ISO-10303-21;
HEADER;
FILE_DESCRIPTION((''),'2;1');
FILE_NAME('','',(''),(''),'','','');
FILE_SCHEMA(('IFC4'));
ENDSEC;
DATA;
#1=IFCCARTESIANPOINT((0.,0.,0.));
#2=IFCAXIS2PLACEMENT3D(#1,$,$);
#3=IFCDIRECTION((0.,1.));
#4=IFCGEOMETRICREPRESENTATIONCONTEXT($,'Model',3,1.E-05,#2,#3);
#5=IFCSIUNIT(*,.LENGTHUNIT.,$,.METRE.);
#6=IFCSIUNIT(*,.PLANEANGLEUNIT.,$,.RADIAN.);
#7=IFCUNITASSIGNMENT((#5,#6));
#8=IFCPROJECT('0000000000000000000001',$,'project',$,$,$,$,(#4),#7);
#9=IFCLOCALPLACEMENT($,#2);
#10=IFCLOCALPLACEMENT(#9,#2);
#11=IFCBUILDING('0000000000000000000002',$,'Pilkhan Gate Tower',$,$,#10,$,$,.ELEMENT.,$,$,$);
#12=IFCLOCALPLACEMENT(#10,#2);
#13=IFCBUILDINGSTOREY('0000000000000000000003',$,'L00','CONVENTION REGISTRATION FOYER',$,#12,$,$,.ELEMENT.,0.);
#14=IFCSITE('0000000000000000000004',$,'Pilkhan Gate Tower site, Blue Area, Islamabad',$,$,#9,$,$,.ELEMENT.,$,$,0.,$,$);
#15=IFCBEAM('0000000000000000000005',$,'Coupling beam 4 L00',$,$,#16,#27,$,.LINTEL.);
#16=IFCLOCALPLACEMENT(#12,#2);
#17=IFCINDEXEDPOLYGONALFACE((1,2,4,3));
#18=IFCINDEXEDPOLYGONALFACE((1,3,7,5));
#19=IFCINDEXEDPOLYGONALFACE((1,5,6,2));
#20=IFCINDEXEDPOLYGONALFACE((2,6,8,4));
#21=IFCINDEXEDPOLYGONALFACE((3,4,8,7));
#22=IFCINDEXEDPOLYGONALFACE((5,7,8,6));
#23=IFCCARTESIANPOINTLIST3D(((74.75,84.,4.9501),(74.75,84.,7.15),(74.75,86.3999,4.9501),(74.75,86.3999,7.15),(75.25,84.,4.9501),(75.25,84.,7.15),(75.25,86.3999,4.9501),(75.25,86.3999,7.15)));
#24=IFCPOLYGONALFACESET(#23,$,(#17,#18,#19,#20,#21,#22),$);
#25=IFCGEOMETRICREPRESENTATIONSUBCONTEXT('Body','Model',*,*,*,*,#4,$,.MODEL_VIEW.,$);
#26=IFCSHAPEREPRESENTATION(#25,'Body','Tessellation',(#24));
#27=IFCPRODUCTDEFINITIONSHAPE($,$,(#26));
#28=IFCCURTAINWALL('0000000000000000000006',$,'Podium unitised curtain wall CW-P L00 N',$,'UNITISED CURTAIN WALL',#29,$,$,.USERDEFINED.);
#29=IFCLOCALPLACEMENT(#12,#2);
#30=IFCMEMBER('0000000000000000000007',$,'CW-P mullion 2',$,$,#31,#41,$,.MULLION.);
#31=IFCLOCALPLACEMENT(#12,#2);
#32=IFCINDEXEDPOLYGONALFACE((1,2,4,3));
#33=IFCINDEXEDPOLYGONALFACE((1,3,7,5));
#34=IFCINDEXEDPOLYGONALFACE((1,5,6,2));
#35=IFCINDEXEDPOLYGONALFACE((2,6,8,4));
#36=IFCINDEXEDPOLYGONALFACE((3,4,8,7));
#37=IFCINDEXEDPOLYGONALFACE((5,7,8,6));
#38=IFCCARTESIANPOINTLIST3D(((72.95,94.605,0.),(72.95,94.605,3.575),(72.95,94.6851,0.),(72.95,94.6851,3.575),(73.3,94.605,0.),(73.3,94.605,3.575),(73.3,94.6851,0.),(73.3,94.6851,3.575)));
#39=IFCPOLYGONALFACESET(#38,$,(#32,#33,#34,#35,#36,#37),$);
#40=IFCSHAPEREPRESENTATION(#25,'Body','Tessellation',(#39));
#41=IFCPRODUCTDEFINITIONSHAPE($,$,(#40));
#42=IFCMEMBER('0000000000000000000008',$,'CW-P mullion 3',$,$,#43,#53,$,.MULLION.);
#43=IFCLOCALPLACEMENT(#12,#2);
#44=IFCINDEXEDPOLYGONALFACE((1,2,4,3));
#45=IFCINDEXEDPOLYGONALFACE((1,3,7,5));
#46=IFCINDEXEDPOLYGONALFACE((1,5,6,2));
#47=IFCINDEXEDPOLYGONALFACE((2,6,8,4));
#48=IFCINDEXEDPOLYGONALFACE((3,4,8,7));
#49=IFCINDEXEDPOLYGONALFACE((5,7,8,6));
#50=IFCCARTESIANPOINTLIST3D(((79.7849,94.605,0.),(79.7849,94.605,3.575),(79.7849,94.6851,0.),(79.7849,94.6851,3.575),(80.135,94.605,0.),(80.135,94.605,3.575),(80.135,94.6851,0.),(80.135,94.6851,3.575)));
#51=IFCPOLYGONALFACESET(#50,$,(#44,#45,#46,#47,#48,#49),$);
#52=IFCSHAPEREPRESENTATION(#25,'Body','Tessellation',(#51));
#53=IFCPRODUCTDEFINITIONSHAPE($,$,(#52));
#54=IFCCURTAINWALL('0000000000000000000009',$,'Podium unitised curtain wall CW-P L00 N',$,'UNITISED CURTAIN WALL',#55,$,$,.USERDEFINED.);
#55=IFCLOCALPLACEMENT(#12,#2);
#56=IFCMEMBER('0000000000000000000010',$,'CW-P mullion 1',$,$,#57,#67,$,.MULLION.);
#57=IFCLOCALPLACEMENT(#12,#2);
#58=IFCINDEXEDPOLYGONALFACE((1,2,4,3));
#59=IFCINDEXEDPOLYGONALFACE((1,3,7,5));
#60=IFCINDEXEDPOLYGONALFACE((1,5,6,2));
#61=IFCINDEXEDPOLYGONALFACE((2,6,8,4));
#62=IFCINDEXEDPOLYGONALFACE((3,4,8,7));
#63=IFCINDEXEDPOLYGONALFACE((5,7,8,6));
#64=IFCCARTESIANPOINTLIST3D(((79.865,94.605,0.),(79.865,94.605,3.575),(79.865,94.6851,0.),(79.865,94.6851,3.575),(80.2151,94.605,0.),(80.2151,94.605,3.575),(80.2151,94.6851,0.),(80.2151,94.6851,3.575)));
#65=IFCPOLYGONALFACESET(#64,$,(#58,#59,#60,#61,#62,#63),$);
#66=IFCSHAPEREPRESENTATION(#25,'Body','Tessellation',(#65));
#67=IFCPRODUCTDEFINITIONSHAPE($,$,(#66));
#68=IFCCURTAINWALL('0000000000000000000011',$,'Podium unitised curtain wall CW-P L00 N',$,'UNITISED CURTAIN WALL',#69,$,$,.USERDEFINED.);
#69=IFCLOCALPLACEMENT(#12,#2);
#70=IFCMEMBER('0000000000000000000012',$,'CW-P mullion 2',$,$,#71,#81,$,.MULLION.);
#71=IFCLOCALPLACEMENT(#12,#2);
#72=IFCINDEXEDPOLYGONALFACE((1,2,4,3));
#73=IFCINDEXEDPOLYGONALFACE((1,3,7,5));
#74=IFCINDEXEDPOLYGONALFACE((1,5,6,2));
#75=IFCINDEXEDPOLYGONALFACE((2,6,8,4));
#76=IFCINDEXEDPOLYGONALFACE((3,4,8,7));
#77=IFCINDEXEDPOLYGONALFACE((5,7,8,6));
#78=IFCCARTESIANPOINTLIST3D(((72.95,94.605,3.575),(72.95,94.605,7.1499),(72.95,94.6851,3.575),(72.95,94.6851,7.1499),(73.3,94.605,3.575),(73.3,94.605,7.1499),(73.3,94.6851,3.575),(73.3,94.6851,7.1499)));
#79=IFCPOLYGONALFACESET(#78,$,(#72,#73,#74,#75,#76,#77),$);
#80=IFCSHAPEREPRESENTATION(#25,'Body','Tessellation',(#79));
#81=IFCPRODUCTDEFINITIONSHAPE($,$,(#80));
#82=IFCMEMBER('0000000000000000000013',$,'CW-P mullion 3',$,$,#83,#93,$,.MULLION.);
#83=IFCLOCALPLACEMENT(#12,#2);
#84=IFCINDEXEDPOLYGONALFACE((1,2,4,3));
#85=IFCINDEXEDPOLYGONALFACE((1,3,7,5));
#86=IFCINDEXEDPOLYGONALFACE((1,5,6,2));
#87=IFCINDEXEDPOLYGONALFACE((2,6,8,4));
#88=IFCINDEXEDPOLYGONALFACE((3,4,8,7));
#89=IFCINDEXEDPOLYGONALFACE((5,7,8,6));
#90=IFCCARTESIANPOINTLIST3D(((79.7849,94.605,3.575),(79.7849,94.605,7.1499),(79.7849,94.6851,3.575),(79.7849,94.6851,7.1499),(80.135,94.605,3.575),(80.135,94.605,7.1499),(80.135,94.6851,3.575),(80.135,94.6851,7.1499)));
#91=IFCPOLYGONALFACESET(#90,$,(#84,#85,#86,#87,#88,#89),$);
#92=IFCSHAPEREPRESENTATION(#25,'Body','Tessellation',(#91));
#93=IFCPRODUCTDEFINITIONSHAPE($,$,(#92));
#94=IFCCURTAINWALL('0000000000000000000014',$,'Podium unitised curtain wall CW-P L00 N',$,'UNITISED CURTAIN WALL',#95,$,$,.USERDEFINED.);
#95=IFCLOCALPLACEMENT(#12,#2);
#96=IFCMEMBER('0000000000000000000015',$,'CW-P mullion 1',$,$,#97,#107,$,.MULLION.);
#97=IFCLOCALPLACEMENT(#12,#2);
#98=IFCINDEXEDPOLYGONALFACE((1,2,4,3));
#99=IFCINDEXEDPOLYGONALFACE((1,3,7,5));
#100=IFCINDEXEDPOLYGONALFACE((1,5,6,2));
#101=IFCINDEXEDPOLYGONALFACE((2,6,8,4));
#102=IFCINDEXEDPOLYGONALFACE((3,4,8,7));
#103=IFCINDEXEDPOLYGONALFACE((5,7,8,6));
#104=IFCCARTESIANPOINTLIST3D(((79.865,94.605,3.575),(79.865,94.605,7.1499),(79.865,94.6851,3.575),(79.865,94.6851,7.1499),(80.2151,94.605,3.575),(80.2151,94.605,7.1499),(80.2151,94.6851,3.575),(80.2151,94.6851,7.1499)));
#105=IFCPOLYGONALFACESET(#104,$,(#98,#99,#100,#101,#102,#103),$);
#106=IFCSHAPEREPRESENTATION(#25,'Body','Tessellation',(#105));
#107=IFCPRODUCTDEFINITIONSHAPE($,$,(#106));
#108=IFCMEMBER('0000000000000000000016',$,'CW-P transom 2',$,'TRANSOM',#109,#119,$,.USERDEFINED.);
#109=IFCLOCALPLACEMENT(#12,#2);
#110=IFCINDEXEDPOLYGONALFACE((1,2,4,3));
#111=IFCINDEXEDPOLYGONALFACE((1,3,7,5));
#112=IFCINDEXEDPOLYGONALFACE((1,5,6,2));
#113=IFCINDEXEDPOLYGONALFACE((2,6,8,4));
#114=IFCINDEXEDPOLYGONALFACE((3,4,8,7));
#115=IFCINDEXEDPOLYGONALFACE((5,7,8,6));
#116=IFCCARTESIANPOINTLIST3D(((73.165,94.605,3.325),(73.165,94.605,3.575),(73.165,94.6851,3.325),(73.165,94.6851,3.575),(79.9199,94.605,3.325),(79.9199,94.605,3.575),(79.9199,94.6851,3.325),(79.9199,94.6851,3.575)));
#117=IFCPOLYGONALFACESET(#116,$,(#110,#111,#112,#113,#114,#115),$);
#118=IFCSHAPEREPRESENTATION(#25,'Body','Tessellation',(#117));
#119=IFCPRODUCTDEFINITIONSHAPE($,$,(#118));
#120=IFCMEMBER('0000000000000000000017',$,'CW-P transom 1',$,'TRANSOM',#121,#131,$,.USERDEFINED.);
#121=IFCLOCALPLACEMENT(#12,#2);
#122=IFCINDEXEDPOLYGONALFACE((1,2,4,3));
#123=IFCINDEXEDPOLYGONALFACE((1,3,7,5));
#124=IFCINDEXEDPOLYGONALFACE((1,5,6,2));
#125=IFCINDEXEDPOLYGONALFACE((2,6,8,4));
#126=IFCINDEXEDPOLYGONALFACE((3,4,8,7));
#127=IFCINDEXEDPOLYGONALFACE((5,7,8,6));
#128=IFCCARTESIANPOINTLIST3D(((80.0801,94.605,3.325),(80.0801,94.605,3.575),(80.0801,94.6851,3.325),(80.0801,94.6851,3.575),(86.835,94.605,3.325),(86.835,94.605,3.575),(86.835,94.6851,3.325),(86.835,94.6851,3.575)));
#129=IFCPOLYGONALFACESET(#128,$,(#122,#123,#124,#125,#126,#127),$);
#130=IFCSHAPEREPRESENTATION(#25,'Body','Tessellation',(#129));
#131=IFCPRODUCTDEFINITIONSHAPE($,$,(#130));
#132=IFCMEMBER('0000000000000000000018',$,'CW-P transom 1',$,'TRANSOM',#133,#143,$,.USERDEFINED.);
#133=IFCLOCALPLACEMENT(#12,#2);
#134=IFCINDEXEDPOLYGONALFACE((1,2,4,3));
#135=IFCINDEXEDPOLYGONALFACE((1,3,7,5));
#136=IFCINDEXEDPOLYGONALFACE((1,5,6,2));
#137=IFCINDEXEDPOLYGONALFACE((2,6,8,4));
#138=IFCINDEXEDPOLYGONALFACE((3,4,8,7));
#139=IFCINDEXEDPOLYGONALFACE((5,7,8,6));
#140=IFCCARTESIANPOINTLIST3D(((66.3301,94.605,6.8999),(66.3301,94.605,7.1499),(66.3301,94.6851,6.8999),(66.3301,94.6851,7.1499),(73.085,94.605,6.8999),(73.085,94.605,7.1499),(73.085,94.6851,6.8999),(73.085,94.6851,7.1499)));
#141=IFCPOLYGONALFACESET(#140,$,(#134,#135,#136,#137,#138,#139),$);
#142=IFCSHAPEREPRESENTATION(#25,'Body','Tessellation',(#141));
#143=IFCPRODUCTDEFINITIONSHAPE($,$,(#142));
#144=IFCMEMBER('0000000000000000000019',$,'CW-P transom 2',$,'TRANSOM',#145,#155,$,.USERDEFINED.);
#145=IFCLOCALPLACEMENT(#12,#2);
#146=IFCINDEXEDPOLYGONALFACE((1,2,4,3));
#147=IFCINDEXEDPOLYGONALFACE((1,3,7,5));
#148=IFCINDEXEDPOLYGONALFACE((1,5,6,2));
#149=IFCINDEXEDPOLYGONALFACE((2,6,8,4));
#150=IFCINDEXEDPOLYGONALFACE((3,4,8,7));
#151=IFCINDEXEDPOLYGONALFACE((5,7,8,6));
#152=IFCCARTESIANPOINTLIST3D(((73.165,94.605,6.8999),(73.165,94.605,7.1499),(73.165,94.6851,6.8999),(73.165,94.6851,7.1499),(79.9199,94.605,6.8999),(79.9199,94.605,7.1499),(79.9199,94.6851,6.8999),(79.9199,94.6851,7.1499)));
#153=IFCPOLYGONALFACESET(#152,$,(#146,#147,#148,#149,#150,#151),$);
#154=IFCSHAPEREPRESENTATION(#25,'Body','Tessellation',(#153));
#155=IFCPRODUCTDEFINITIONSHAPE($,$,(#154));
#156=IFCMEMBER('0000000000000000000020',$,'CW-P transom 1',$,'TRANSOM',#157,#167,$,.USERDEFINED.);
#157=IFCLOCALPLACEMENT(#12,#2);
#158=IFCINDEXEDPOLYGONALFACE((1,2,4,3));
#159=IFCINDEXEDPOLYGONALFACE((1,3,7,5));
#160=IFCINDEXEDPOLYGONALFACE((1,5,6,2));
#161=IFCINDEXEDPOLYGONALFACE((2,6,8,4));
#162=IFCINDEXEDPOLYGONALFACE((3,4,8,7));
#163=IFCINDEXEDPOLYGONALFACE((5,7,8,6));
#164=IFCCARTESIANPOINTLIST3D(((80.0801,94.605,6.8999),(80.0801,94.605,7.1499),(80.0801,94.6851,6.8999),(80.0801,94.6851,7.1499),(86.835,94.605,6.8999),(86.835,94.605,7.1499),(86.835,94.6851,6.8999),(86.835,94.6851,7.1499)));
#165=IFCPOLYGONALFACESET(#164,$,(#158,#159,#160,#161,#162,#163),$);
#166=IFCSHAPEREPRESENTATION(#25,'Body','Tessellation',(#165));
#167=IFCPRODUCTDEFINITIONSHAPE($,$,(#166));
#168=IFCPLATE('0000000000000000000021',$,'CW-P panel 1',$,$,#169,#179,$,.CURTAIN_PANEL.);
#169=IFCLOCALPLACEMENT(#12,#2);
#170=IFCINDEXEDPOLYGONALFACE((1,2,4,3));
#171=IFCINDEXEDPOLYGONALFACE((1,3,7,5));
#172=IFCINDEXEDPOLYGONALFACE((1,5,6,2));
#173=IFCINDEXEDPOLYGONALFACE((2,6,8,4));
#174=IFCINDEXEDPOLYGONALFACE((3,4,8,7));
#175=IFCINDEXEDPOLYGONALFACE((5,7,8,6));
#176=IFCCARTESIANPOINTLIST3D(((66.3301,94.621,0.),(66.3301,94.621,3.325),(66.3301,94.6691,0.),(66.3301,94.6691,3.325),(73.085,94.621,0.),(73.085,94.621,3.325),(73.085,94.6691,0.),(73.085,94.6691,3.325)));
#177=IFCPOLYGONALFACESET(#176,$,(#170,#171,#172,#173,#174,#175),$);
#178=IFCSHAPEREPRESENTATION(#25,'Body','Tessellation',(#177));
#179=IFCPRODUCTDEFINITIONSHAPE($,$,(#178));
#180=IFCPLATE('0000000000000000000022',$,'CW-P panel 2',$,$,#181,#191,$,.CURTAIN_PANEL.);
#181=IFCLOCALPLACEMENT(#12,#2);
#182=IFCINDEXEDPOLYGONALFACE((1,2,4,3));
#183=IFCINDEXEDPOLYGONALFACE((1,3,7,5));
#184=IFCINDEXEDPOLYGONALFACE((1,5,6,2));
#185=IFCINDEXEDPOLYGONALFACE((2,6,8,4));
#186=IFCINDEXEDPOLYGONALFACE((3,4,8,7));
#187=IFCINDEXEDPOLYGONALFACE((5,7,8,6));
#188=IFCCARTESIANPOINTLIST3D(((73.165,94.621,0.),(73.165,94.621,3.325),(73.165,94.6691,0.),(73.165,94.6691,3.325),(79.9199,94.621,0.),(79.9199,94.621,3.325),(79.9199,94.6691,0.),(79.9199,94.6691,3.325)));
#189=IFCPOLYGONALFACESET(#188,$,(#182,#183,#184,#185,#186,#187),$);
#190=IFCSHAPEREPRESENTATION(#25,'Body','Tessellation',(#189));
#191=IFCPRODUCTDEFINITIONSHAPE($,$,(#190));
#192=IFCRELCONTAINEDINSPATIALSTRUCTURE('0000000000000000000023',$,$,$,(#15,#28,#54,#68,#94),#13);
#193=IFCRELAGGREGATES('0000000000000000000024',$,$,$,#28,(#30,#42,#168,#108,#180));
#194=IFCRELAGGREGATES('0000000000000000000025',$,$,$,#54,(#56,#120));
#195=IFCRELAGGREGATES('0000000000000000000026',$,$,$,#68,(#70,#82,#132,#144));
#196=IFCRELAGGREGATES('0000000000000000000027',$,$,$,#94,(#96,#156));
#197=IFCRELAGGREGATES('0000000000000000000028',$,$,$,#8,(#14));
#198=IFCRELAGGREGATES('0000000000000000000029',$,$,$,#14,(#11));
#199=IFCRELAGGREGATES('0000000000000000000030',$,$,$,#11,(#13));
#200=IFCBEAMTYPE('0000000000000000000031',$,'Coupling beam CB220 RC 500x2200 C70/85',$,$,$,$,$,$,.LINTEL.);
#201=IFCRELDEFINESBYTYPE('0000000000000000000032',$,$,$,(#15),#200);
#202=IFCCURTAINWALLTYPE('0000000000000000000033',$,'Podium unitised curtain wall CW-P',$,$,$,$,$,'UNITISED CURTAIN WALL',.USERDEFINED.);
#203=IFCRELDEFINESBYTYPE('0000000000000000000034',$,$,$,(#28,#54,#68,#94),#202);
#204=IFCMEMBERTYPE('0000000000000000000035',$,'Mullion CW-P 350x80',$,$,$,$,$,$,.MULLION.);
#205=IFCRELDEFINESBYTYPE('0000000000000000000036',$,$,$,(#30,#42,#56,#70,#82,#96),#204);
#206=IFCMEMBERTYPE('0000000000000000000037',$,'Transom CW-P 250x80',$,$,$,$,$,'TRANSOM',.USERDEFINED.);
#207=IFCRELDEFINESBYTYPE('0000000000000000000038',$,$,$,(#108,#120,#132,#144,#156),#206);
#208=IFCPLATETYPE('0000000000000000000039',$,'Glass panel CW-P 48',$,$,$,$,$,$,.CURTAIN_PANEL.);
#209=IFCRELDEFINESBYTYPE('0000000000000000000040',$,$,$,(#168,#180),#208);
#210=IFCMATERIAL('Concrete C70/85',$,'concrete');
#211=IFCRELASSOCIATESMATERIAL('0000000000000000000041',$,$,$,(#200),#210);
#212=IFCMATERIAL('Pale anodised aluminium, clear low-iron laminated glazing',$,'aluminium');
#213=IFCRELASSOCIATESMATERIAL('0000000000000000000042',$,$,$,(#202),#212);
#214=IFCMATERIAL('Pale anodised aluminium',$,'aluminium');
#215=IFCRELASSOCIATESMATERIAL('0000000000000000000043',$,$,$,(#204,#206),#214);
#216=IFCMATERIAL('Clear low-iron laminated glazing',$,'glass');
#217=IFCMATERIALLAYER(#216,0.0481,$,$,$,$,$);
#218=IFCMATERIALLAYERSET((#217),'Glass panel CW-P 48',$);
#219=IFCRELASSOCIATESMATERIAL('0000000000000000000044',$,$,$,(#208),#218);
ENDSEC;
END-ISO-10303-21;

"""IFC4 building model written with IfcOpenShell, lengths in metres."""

from ifc_helpers import new_model, si_unit, direction, frame, origin, origin_2d, place, context, subcontext, project, spatial, rectangle, extrude, material, layer, layer_set, material_profile, profile_set, type_object, element, aggregate, save


model = new_model("IFC4")

# Units and contexts
model_context = context("Model", 3, precision=1e-05, world=origin(), true_north=direction((0.0, 1.0)))
body_context = subcontext(model_context, "Body", "Model", "MODEL_VIEW")
ifc_project = project(units=[si_unit("LENGTHUNIT", "METRE"), si_unit("PLANEANGLEUNIT", "RADIAN")], contexts=[model_context])

# Site, building, storey
site_placement = place(None, origin())
site = spatial("IfcSite", under=ifc_project, at=site_placement, Name="Pilkhan Gate Tower site, Blue Area, Islamabad", CompositionType="ELEMENT", RefElevation=0.0)
building_placement = place(site_placement, origin())
building = spatial("IfcBuilding", under=site, at=building_placement, Name="Pilkhan Gate Tower", CompositionType="ELEMENT")
storey_placement = place(building_placement, origin())
storey = spatial("IfcBuildingStorey", under=building, at=storey_placement, Name="L00", Description="CONVENTION REGISTRATION FOYER", CompositionType="ELEMENT", Elevation=0.0)

# Beam
ifc_material_1 = material(Name="Concrete C70/85", Category="concrete")
ifc_material_profile_1 = material_profile(ifc_material_1, rectangle(XDim=0.5, YDim=2.2, at=origin_2d()), Name="RC 500x2200")
ifc_profile_set_1 = profile_set([ifc_material_profile_1], Name="Concrete C70/85")
beam_type = type_object("IfcBeamType", Name="Coupling beam CB220 RC 500x2200 C70/85", PredefinedType="LINTEL", material=ifc_profile_set_1)
beam_placement = place(storey_placement, frame((75.0, 84.0, 6.05), z_axis=(0.0, 1.0, 0.0), x_axis=(-1.0, 0.0, 0.0)))
element("IfcBeam", 1, at=beam_placement, inside=storey, type_object=beam_type, Name="Coupling beam 4 L00", PredefinedType="LINTEL", context=body_context, shape_type="SweptSolid", body=[
    extrude(rectangle(XDim=0.5, YDim=2.2, at=origin_2d()), origin(), (0.0, 0.0, 1.0), 2.3999),
])

# Curtain wall, members
ifc_material_2 = material(Name="Pale anodised aluminium, clear low-iron laminated glazing", Category="aluminium")
curtain_wall_type = type_object("IfcCurtainWallType", Name="Podium unitised curtain wall CW-P", ElementType="UNITISED CURTAIN WALL", PredefinedType="USERDEFINED", material=ifc_material_2)
curtain_wall_1_placement = place(storey_placement, origin())
curtain_wall_1 = element("IfcCurtainWall", 2, at=curtain_wall_1_placement, inside=storey, type_object=curtain_wall_type, Name="Podium unitised curtain wall CW-P L00 N", ObjectType="UNITISED CURTAIN WALL", PredefinedType="USERDEFINED")
ifc_material_3 = material(Name="Pale anodised aluminium", Category="aluminium")
ifc_material_profile_2 = material_profile(ifc_material_3, rectangle(XDim=0.0801, YDim=0.3501, at=origin_2d()), Name="Mullion 350x80")
ifc_profile_set_2 = profile_set([ifc_material_profile_2], Name="Pale anodised aluminium")
member_type_1 = type_object("IfcMemberType", Name="Mullion CW-P 350x80", PredefinedType="MULLION", material=ifc_profile_set_2)
member_1_placement = place(storey_placement, frame((73.125, 94.645, 0.0), z_axis=(0.0, 0.0, 1.0), x_axis=(0.0, 1.0, 0.0)))
member_1 = element("IfcMember", 3, at=member_1_placement, type_object=member_type_1, Name="CW-P mullion 2", PredefinedType="MULLION", context=body_context, shape_type="SweptSolid", body=[
    extrude(rectangle(XDim=0.0801, YDim=0.3501, at=origin_2d()), origin(), (0.0, 0.0, 1.0), 3.575),
])
member_2_placement = place(storey_placement, frame((79.96, 94.645, 0.0), z_axis=(0.0, 0.0, 1.0), x_axis=(0.0, 1.0, 0.0)))
member_2 = element("IfcMember", 4, at=member_2_placement, type_object=member_type_1, Name="CW-P mullion 3", PredefinedType="MULLION", context=body_context, shape_type="SweptSolid", body=[
    extrude(rectangle(XDim=0.0801, YDim=0.3501, at=origin_2d()), origin(), (0.0, 0.0, 1.0), 3.575),
])

# Curtain wall, member
curtain_wall_2_placement = place(storey_placement, origin())
curtain_wall_2 = element("IfcCurtainWall", 5, at=curtain_wall_2_placement, inside=storey, type_object=curtain_wall_type, Name="Podium unitised curtain wall CW-P L00 N", ObjectType="UNITISED CURTAIN WALL", PredefinedType="USERDEFINED")
member_3_placement = place(storey_placement, frame((80.04, 94.645, 0.0), z_axis=(0.0, 0.0, 1.0), x_axis=(0.0, 1.0, 0.0)))
member_3 = element("IfcMember", 6, at=member_3_placement, type_object=member_type_1, Name="CW-P mullion 1", PredefinedType="MULLION", context=body_context, shape_type="SweptSolid", body=[
    extrude(rectangle(XDim=0.0801, YDim=0.3501, at=origin_2d()), origin(), (0.0, 0.0, 1.0), 3.575),
])

# Curtain wall, members
curtain_wall_3_placement = place(storey_placement, origin())
curtain_wall_3 = element("IfcCurtainWall", 7, at=curtain_wall_3_placement, inside=storey, type_object=curtain_wall_type, Name="Podium unitised curtain wall CW-P L00 N", ObjectType="UNITISED CURTAIN WALL", PredefinedType="USERDEFINED")
member_4_placement = place(storey_placement, frame((73.125, 94.645, 3.575), z_axis=(0.0, 0.0, 1.0), x_axis=(0.0, 1.0, 0.0)))
member_4 = element("IfcMember", 8, at=member_4_placement, type_object=member_type_1, Name="CW-P mullion 2", PredefinedType="MULLION", context=body_context, shape_type="SweptSolid", body=[
    extrude(rectangle(XDim=0.0801, YDim=0.3501, at=origin_2d()), origin(), (0.0, 0.0, 1.0), 3.575),
])
member_5_placement = place(storey_placement, frame((79.96, 94.645, 3.575), z_axis=(0.0, 0.0, 1.0), x_axis=(0.0, 1.0, 0.0)))
member_5 = element("IfcMember", 9, at=member_5_placement, type_object=member_type_1, Name="CW-P mullion 3", PredefinedType="MULLION", context=body_context, shape_type="SweptSolid", body=[
    extrude(rectangle(XDim=0.0801, YDim=0.3501, at=origin_2d()), origin(), (0.0, 0.0, 1.0), 3.575),
])

# Curtain wall, member
curtain_wall_4_placement = place(storey_placement, origin())
curtain_wall_4 = element("IfcCurtainWall", 10, at=curtain_wall_4_placement, inside=storey, type_object=curtain_wall_type, Name="Podium unitised curtain wall CW-P L00 N", ObjectType="UNITISED CURTAIN WALL", PredefinedType="USERDEFINED")
member_6_placement = place(storey_placement, frame((80.04, 94.645, 3.575), z_axis=(0.0, 0.0, 1.0), x_axis=(0.0, 1.0, 0.0)))
member_6 = element("IfcMember", 11, at=member_6_placement, type_object=member_type_1, Name="CW-P mullion 1", PredefinedType="MULLION", context=body_context, shape_type="SweptSolid", body=[
    extrude(rectangle(XDim=0.0801, YDim=0.3501, at=origin_2d()), origin(), (0.0, 0.0, 1.0), 3.575),
])

# Members
ifc_material_profile_3 = material_profile(ifc_material_3, rectangle(XDim=0.0801, YDim=0.25, at=origin_2d()), Name="Transom 250x80")
ifc_profile_set_3 = profile_set([ifc_material_profile_3], Name="Pale anodised aluminium")
member_type_2 = type_object("IfcMemberType", Name="Transom CW-P 250x80", ElementType="TRANSOM", PredefinedType="USERDEFINED", material=ifc_profile_set_3)
member_7_placement = place(storey_placement, frame((73.165, 94.645, 3.45), z_axis=(1.0, 0.0, 0.0), x_axis=(0.0, 1.0, 0.0)))
member_7 = element("IfcMember", 12, at=member_7_placement, type_object=member_type_2, Name="CW-P transom 2", ObjectType="TRANSOM", PredefinedType="USERDEFINED", context=body_context, shape_type="SweptSolid", body=[
    extrude(rectangle(XDim=0.0801, YDim=0.25, at=origin_2d()), origin(), (0.0, 0.0, 1.0), 6.7549),
])
member_8_placement = place(storey_placement, frame((80.0801, 94.645, 3.45), z_axis=(1.0, 0.0, 0.0), x_axis=(0.0, 1.0, 0.0)))
member_8 = element("IfcMember", 13, at=member_8_placement, type_object=member_type_2, Name="CW-P transom 1", ObjectType="TRANSOM", PredefinedType="USERDEFINED", context=body_context, shape_type="SweptSolid", body=[
    extrude(rectangle(XDim=0.0801, YDim=0.25, at=origin_2d()), origin(), (0.0, 0.0, 1.0), 6.7549),
])
member_9_placement = place(storey_placement, frame((66.3301, 94.645, 7.0249), z_axis=(1.0, 0.0, 0.0), x_axis=(0.0, 1.0, 0.0)))
member_9 = element("IfcMember", 14, at=member_9_placement, type_object=member_type_2, Name="CW-P transom 1", ObjectType="TRANSOM", PredefinedType="USERDEFINED", context=body_context, shape_type="SweptSolid", body=[
    extrude(rectangle(XDim=0.0801, YDim=0.25, at=origin_2d()), origin(), (0.0, 0.0, 1.0), 6.7549),
])
member_10_placement = place(storey_placement, frame((73.165, 94.645, 7.0249), z_axis=(1.0, 0.0, 0.0), x_axis=(0.0, 1.0, 0.0)))
member_10 = element("IfcMember", 15, at=member_10_placement, type_object=member_type_2, Name="CW-P transom 2", ObjectType="TRANSOM", PredefinedType="USERDEFINED", context=body_context, shape_type="SweptSolid", body=[
    extrude(rectangle(XDim=0.0801, YDim=0.25, at=origin_2d()), origin(), (0.0, 0.0, 1.0), 6.7549),
])
member_11_placement = place(storey_placement, frame((80.0801, 94.645, 7.0249), z_axis=(1.0, 0.0, 0.0), x_axis=(0.0, 1.0, 0.0)))
member_11 = element("IfcMember", 16, at=member_11_placement, type_object=member_type_2, Name="CW-P transom 1", ObjectType="TRANSOM", PredefinedType="USERDEFINED", context=body_context, shape_type="SweptSolid", body=[
    extrude(rectangle(XDim=0.0801, YDim=0.25, at=origin_2d()), origin(), (0.0, 0.0, 1.0), 6.7549),
])

# Plates
ifc_material_4 = material(Name="Clear low-iron laminated glazing", Category="glass")
ifc_layer_1 = layer(ifc_material_4, 0.0481)
ifc_layer_set_1 = layer_set([ifc_layer_1], Name="Glass panel CW-P 48")
plate_type = type_object("IfcPlateType", Name="Glass panel CW-P 48", PredefinedType="CURTAIN_PANEL", material=ifc_layer_set_1)
plate_1_placement = place(storey_placement, frame((69.7075, 94.645, 0.0), z_axis=(0.0, 0.0, 1.0), x_axis=(1.0, 0.0, 0.0)))
plate_1 = element("IfcPlate", 17, at=plate_1_placement, type_object=plate_type, Name="CW-P panel 1", PredefinedType="CURTAIN_PANEL", context=body_context, shape_type="SweptSolid", body=[
    extrude(rectangle(XDim=6.7549, YDim=0.0481, at=origin_2d()), origin(), (0.0, 0.0, 1.0), 3.325),
])
plate_2_placement = place(storey_placement, frame((76.5425, 94.645, 0.0), z_axis=(0.0, 0.0, 1.0), x_axis=(1.0, 0.0, 0.0)))
plate_2 = element("IfcPlate", 18, at=plate_2_placement, type_object=plate_type, Name="CW-P panel 2", PredefinedType="CURTAIN_PANEL", context=body_context, shape_type="SweptSolid", body=[
    extrude(rectangle(XDim=6.7549, YDim=0.0481, at=origin_2d()), origin(), (0.0, 0.0, 1.0), 3.325),
])
aggregate(curtain_wall_1, [member_1, member_2, plate_1, member_7, plate_2])
aggregate(curtain_wall_2, [member_3, member_8])
aggregate(curtain_wall_3, [member_4, member_5, member_9, member_10])
aggregate(curtain_wall_4, [member_6, member_11])

save(model, "model.ifc")
